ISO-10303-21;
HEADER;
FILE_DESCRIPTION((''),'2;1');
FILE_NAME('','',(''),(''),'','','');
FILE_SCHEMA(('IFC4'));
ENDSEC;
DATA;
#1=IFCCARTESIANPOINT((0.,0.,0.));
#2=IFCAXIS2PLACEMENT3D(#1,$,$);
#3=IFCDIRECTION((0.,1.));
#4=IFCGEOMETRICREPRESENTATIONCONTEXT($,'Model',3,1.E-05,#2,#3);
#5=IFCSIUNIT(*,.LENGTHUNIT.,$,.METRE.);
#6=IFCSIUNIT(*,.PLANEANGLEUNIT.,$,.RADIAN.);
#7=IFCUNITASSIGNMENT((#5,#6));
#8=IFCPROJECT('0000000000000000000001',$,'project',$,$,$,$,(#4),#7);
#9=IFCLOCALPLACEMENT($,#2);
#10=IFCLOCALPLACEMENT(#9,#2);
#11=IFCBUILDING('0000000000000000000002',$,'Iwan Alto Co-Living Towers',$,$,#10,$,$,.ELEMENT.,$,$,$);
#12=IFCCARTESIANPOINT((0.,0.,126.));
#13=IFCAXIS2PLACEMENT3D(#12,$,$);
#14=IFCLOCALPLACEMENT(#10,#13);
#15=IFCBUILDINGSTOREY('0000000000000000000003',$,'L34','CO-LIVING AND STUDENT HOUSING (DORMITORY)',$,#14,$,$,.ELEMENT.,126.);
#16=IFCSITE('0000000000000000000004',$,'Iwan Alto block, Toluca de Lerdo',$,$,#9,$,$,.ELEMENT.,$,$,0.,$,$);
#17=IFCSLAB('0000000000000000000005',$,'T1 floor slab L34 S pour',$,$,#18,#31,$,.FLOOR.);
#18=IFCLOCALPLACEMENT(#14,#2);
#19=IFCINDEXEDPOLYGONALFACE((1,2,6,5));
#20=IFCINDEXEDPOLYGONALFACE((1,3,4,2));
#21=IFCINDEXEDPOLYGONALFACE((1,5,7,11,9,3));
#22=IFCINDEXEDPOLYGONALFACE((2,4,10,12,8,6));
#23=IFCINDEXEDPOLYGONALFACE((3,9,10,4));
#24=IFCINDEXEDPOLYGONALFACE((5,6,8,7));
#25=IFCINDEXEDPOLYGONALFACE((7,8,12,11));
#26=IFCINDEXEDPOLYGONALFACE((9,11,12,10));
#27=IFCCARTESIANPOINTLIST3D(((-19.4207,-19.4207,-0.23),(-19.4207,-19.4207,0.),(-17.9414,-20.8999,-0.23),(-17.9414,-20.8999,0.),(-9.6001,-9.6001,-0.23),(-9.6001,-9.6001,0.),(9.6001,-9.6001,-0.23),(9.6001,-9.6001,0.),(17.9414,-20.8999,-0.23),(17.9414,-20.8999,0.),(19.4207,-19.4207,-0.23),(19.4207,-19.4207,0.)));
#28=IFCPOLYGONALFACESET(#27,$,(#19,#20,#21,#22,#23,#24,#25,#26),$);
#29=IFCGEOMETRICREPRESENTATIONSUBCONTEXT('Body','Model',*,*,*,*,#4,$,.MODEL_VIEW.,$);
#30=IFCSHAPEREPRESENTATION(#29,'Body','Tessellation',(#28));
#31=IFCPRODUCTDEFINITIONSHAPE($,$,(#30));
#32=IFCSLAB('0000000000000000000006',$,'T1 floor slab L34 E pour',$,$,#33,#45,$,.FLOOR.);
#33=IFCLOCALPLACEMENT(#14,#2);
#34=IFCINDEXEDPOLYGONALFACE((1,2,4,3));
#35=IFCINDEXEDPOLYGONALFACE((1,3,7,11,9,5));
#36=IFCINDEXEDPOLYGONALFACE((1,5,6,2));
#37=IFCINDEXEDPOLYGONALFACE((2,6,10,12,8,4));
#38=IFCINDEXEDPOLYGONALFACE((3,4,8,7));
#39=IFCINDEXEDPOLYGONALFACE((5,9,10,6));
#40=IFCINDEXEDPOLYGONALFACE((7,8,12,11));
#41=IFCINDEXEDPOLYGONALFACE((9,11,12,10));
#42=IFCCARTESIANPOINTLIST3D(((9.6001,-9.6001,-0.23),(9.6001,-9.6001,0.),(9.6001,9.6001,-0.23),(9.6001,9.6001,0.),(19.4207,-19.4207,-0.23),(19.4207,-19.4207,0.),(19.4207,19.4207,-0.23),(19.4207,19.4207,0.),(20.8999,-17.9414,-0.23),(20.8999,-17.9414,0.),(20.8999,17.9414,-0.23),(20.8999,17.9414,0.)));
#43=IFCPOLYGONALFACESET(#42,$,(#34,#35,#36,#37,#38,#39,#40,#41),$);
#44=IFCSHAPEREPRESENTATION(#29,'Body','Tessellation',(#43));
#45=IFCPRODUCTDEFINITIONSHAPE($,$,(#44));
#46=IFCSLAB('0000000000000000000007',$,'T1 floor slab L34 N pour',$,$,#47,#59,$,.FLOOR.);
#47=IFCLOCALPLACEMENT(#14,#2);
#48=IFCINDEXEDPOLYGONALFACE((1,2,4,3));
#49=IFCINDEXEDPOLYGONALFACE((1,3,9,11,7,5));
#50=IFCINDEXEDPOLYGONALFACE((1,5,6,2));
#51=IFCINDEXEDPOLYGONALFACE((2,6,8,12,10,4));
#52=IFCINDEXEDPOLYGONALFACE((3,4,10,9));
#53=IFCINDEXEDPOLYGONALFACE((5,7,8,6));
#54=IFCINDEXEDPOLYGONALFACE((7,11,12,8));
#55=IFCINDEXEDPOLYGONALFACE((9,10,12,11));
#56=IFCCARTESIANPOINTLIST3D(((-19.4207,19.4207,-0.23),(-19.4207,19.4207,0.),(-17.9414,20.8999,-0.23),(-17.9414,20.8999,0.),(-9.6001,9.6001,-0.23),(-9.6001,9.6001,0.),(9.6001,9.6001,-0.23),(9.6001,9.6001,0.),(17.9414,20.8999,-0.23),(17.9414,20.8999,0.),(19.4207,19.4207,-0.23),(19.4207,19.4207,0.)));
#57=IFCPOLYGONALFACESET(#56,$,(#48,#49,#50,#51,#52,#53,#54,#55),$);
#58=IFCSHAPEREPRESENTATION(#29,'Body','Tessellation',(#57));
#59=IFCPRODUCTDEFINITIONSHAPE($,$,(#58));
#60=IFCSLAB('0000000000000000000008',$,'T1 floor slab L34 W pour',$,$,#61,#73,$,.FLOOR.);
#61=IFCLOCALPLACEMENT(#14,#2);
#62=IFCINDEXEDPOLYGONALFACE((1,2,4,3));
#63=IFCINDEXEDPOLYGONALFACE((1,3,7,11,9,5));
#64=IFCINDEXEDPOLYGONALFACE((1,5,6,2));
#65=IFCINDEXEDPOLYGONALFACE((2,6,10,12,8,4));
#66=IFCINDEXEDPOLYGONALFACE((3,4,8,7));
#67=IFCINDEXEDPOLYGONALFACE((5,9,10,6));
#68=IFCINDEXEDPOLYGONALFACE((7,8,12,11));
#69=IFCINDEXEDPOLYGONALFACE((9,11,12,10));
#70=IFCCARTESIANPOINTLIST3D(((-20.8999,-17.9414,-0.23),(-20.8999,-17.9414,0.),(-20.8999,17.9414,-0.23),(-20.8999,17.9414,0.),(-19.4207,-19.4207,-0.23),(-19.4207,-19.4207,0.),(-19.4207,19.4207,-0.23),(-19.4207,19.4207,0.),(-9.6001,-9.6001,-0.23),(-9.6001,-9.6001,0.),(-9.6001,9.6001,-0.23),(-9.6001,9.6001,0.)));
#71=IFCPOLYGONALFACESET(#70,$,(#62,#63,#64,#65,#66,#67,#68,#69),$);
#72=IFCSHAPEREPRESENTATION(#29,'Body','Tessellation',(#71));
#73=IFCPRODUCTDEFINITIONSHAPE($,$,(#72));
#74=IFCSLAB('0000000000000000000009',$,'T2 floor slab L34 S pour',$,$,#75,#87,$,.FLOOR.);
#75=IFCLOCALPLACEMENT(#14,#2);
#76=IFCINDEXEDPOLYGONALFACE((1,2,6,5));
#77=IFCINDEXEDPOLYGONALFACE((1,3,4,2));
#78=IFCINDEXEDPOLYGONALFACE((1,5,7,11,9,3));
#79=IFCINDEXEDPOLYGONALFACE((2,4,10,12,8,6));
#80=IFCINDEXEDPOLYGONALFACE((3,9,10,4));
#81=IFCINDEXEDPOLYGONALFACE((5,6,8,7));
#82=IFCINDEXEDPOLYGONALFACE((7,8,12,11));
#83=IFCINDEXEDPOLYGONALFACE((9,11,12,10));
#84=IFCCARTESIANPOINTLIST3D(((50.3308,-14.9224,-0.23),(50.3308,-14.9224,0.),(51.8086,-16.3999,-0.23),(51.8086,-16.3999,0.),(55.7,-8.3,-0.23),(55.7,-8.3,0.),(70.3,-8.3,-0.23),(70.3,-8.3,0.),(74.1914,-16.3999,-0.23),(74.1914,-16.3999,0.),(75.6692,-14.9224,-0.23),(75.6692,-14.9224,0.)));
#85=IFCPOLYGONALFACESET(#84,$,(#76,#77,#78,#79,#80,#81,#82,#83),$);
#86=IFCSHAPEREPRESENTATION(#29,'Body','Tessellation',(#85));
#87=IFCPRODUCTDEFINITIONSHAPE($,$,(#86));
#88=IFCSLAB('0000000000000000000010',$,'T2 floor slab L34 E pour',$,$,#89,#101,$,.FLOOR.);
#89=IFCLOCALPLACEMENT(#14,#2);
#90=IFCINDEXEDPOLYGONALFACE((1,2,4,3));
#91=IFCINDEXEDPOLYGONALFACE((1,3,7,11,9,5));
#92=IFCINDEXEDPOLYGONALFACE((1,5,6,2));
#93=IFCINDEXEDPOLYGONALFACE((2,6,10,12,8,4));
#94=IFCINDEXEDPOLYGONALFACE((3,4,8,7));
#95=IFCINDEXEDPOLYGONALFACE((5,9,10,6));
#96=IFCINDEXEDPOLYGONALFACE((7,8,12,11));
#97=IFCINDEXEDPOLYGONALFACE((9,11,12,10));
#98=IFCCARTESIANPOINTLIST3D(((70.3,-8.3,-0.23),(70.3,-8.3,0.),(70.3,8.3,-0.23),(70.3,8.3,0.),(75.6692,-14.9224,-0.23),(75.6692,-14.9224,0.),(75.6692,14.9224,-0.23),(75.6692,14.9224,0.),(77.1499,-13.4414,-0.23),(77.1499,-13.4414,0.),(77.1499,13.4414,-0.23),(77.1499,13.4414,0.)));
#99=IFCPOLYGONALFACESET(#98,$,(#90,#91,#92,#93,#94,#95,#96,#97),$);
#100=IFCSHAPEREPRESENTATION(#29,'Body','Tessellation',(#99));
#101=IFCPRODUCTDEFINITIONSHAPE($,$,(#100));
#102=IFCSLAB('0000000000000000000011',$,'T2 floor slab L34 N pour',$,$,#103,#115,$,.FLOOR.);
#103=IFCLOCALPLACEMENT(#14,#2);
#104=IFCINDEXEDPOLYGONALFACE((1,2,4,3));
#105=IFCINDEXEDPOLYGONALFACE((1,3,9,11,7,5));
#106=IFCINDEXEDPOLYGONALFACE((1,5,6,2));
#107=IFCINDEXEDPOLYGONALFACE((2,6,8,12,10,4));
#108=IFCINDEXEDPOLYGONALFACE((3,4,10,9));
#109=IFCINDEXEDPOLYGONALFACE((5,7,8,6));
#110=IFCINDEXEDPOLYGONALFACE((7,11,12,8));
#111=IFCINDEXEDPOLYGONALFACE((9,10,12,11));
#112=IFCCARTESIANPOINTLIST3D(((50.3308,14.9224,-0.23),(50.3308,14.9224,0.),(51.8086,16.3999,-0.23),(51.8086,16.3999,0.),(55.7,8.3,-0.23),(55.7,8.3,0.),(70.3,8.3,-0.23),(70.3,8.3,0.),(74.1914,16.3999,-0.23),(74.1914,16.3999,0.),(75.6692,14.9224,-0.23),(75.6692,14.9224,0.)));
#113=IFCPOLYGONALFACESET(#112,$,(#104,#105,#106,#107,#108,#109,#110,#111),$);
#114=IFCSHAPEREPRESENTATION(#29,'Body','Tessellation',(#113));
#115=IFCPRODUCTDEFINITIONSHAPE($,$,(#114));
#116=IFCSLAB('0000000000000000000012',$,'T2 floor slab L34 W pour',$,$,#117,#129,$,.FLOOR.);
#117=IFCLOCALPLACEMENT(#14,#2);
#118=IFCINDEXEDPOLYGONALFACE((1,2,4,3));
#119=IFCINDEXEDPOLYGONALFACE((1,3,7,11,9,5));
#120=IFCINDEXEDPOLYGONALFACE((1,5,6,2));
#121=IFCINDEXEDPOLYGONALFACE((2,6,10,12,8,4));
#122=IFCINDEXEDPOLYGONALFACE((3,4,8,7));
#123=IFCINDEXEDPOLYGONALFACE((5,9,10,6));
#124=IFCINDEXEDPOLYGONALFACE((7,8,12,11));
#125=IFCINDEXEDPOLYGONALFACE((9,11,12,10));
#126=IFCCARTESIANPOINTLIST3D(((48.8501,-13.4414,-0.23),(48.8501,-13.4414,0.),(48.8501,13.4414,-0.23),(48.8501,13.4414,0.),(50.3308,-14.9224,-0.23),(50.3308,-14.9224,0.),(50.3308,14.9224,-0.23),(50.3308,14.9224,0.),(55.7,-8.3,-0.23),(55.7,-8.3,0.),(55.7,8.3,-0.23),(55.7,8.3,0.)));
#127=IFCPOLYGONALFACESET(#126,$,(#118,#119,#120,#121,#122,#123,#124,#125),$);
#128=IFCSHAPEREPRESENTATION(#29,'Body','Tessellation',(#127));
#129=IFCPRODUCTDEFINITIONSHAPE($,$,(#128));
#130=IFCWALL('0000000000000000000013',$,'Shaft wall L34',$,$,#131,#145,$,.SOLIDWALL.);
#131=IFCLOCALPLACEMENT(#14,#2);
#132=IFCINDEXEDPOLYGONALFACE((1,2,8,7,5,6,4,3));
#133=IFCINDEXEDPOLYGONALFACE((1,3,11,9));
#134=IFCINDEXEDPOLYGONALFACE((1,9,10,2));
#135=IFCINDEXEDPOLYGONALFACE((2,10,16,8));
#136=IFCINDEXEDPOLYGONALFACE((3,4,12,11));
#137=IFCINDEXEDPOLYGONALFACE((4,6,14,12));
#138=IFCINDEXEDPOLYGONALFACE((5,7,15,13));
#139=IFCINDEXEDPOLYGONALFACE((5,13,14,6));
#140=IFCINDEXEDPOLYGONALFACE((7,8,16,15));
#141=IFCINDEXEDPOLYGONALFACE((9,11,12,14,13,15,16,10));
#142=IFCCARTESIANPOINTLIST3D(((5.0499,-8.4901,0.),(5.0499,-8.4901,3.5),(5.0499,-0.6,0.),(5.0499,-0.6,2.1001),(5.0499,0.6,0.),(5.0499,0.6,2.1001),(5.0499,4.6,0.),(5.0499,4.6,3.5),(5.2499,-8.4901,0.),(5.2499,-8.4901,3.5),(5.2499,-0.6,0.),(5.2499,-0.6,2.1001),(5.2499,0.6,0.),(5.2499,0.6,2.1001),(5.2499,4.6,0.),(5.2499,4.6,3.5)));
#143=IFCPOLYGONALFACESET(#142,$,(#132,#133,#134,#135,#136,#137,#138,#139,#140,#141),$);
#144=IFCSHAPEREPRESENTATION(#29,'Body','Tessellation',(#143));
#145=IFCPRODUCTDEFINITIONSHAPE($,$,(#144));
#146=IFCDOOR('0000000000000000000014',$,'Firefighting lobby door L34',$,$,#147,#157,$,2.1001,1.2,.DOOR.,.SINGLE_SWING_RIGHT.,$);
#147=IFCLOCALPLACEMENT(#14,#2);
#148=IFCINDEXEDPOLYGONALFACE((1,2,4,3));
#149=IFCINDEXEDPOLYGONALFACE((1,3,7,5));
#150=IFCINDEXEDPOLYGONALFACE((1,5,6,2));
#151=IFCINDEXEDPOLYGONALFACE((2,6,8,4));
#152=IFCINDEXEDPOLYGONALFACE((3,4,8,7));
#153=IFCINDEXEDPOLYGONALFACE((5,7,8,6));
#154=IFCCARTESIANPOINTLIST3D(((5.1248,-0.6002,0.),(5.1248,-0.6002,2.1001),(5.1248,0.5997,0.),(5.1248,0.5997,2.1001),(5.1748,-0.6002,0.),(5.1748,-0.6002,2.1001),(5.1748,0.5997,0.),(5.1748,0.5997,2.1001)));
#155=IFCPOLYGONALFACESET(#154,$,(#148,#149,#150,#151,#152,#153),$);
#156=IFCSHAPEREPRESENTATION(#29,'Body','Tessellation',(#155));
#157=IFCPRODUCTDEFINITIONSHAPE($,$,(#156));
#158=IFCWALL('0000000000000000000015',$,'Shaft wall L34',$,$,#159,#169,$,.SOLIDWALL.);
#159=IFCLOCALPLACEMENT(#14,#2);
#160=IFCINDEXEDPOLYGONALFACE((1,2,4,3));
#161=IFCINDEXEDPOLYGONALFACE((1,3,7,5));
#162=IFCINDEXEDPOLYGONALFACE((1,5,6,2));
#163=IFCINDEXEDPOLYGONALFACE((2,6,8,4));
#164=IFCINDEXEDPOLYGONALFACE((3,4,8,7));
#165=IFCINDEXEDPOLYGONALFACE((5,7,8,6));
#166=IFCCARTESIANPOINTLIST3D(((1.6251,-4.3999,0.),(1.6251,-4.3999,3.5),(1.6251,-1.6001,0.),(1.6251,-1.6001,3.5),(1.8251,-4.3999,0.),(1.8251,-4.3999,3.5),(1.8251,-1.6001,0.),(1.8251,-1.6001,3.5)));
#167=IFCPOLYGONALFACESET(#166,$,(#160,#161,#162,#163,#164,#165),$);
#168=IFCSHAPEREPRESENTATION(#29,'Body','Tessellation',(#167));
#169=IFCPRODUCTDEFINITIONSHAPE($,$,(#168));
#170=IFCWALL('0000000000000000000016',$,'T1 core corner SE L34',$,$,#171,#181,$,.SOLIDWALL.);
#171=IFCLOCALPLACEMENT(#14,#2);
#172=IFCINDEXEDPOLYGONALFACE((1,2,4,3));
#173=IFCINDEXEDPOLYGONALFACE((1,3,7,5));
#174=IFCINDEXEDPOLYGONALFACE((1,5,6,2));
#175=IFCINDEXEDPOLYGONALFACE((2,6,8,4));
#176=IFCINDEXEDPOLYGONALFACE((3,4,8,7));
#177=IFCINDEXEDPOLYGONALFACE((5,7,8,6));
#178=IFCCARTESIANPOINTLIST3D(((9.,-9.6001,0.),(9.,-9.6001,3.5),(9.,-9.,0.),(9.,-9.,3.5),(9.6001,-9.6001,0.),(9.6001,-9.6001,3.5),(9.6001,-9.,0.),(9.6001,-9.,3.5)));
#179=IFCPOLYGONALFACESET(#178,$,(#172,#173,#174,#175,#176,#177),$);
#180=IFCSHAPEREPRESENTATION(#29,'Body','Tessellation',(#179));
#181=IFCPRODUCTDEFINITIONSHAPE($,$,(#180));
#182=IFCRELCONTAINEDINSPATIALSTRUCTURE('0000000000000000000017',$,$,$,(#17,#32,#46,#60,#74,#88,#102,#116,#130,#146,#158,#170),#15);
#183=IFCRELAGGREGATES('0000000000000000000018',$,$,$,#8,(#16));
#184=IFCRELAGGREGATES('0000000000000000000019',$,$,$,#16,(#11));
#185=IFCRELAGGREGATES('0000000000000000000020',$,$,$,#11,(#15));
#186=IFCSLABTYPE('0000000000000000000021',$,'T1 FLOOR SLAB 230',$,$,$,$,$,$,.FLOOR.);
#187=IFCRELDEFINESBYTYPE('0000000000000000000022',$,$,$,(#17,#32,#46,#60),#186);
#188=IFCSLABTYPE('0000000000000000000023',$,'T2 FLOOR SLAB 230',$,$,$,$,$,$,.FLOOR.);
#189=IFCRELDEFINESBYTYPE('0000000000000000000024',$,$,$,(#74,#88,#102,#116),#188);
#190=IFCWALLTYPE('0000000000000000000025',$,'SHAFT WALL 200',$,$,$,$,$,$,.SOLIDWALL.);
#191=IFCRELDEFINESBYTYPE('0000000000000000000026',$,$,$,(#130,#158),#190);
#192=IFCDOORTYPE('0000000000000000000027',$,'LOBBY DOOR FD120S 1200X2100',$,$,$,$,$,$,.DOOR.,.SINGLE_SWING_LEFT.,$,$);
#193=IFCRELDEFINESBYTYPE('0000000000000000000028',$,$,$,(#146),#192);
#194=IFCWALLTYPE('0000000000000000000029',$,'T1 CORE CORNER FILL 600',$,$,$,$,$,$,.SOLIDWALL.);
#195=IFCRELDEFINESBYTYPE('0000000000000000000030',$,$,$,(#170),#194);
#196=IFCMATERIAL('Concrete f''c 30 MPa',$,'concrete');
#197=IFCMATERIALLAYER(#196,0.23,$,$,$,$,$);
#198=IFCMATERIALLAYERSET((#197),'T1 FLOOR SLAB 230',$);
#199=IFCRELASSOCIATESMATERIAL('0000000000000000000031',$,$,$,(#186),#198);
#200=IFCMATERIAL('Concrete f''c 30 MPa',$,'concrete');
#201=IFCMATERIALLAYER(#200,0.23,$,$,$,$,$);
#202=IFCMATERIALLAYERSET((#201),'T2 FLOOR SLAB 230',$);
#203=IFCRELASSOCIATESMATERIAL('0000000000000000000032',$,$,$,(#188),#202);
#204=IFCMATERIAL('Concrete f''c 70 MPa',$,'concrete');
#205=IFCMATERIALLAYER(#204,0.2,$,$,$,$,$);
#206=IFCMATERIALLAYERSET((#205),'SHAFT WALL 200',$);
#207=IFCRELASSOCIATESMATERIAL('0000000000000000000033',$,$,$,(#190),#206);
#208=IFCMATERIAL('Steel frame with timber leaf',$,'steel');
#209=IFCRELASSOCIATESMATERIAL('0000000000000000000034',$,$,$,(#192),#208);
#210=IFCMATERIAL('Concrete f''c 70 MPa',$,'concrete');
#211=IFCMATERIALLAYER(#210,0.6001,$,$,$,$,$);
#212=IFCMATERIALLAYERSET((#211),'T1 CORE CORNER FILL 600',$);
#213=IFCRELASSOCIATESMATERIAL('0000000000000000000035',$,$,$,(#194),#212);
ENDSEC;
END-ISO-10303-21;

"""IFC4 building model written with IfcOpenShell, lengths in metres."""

from ifc_helpers import new_model, si_unit, direction, frame, frame_2d, origin, place, context, subcontext, project, spatial, polyline, rectangle, outline, extrude, material, layer, layer_set, type_object, element, fill, save


model = new_model("IFC4")

# Units and contexts
model_context = context("Model", 3, precision=1e-05, world=origin(), true_north=direction((0.0, 1.0)))
body_context = subcontext(model_context, "Body", "Model", "MODEL_VIEW")
ifc_project = project(units=[si_unit("LENGTHUNIT", "METRE"), si_unit("PLANEANGLEUNIT", "RADIAN")], contexts=[model_context])

# Site, building, storey
site_placement = place(None, origin())
site = spatial("IfcSite", under=ifc_project, at=site_placement, Name="Iwan Alto block, Toluca de Lerdo", CompositionType="ELEMENT", RefElevation=0.0)
building_placement = place(site_placement, origin())
building = spatial("IfcBuilding", under=site, at=building_placement, Name="Iwan Alto Co-Living Towers", CompositionType="ELEMENT")
storey_placement = place(building_placement, frame((0.0, 0.0, 126.0)))
storey = spatial("IfcBuildingStorey", under=building, at=storey_placement, Name="L34", Description="CO-LIVING AND STUDENT HOUSING (DORMITORY)", CompositionType="ELEMENT", Elevation=126.0)

# Slabs
ifc_material_1 = material(Name="Concrete f'c 30 MPa", Category="concrete")
ifc_layer_1 = layer(ifc_material_1, 0.23)
ifc_layer_set_1 = layer_set([ifc_layer_1], Name="T1 FLOOR SLAB 230")
slab_type_1 = type_object("IfcSlabType", Name="T1 FLOOR SLAB 230", PredefinedType="FLOOR", material=ifc_layer_set_1)
slab_1_placement = place(storey_placement, frame((0.0, 0.0, -0.23)))
element("IfcSlab", 1, at=slab_1_placement, inside=storey, type_object=slab_type_1, Name="T1 floor slab L34 S pour", PredefinedType="FLOOR", context=body_context, shape_type="SweptSolid", body=[
    extrude(outline(polyline([(17.9414, -20.8999), (-17.9414, -20.8999), (-19.4207, -19.4207), (-9.6001, -9.6001), (9.6001, -9.6001), (19.4207, -19.4207), (17.9414, -20.8999)])), origin(), (0.0, 0.0, 1.0), 0.23),
])
slab_2_placement = place(storey_placement, frame((0.0, 0.0, -0.23)))
element("IfcSlab", 2, at=slab_2_placement, inside=storey, type_object=slab_type_1, Name="T1 floor slab L34 E pour", PredefinedType="FLOOR", context=body_context, shape_type="SweptSolid", body=[
    extrude(outline(polyline([(20.8999, 17.9414), (20.8999, -17.9414), (19.4207, -19.4207), (9.6001, -9.6001), (9.6001, 9.6001), (19.4207, 19.4207), (20.8999, 17.9414)])), origin(), (0.0, 0.0, 1.0), 0.23),
])
slab_3_placement = place(storey_placement, frame((0.0, 0.0, -0.23)))
element("IfcSlab", 3, at=slab_3_placement, inside=storey, type_object=slab_type_1, Name="T1 floor slab L34 N pour", PredefinedType="FLOOR", context=body_context, shape_type="SweptSolid", body=[
    extrude(outline(polyline([(-17.9414, 20.8999), (17.9414, 20.8999), (19.4207, 19.4207), (9.6001, 9.6001), (-9.6001, 9.6001), (-19.4207, 19.4207), (-17.9414, 20.8999)])), origin(), (0.0, 0.0, 1.0), 0.23),
])
slab_4_placement = place(storey_placement, frame((0.0, 0.0, -0.23)))
element("IfcSlab", 4, at=slab_4_placement, inside=storey, type_object=slab_type_1, Name="T1 floor slab L34 W pour", PredefinedType="FLOOR", context=body_context, shape_type="SweptSolid", body=[
    extrude(outline(polyline([(-20.8999, 17.9414), (-19.4207, 19.4207), (-9.6001, 9.6001), (-9.6001, -9.6001), (-19.4207, -19.4207), (-20.8999, -17.9414), (-20.8999, 17.9414)])), origin(), (0.0, 0.0, 1.0), 0.23),
])
ifc_material_2 = material(Name="Concrete f'c 30 MPa", Category="concrete")
ifc_layer_2 = layer(ifc_material_2, 0.23)
ifc_layer_set_2 = layer_set([ifc_layer_2], Name="T2 FLOOR SLAB 230")
slab_type_2 = type_object("IfcSlabType", Name="T2 FLOOR SLAB 230", PredefinedType="FLOOR", material=ifc_layer_set_2)
slab_5_placement = place(storey_placement, frame((0.0, 0.0, -0.23)))
element("IfcSlab", 5, at=slab_5_placement, inside=storey, type_object=slab_type_2, Name="T2 floor slab L34 S pour", PredefinedType="FLOOR", context=body_context, shape_type="SweptSolid", body=[
    extrude(outline(polyline([(74.1914, -16.3999), (51.8086, -16.3999), (50.3308, -14.9224), (55.7, -8.3), (70.3, -8.3), (75.6692, -14.9224), (74.1914, -16.3999)])), origin(), (0.0, 0.0, 1.0), 0.23),
])
slab_6_placement = place(storey_placement, frame((0.0, 0.0, -0.23)))
element("IfcSlab", 6, at=slab_6_placement, inside=storey, type_object=slab_type_2, Name="T2 floor slab L34 E pour", PredefinedType="FLOOR", context=body_context, shape_type="SweptSolid", body=[
    extrude(outline(polyline([(77.1499, 13.4414), (77.1499, -13.4414), (75.6692, -14.9224), (70.3, -8.3), (70.3, 8.3), (75.6692, 14.9224), (77.1499, 13.4414)])), origin(), (0.0, 0.0, 1.0), 0.23),
])
slab_7_placement = place(storey_placement, frame((0.0, 0.0, -0.23)))
element("IfcSlab", 7, at=slab_7_placement, inside=storey, type_object=slab_type_2, Name="T2 floor slab L34 N pour", PredefinedType="FLOOR", context=body_context, shape_type="SweptSolid", body=[
    extrude(outline(polyline([(51.8086, 16.3999), (74.1914, 16.3999), (75.6692, 14.9224), (70.3, 8.3), (55.7, 8.3), (50.3308, 14.9224), (51.8086, 16.3999)])), origin(), (0.0, 0.0, 1.0), 0.23),
])
slab_8_placement = place(storey_placement, frame((0.0, 0.0, -0.23)))
element("IfcSlab", 8, at=slab_8_placement, inside=storey, type_object=slab_type_2, Name="T2 floor slab L34 W pour", PredefinedType="FLOOR", context=body_context, shape_type="SweptSolid", body=[
    extrude(outline(polyline([(48.8501, 13.4414), (50.3308, 14.9224), (55.7, 8.3), (55.7, -8.3), (50.3308, -14.9224), (48.8501, -13.4414), (48.8501, 13.4414)])), origin(), (0.0, 0.0, 1.0), 0.23),
])

# Wall, opening, door
ifc_material_3 = material(Name="Concrete f'c 70 MPa", Category="concrete")
ifc_layer_3 = layer(ifc_material_3, 0.2)
ifc_layer_set_3 = layer_set([ifc_layer_3], Name="SHAFT WALL 200")
wall_type_1 = type_object("IfcWallType", Name="SHAFT WALL 200", PredefinedType="SOLIDWALL", material=ifc_layer_set_3)
wall_1_placement = place(storey_placement, frame((5.1499, -8.49, 0.0), z_axis=(0.0, 0.0, 1.0), x_axis=(0.0, 1.0, 0.0)))
wall_1 = element("IfcWall", 9, at=wall_1_placement, inside=storey, type_object=wall_type_1, Name="Shaft wall L34", PredefinedType="SOLIDWALL", context=body_context, shape_type="SweptSolid", body=[
    extrude(rectangle(XDim=13.0901, YDim=0.2, at=frame_2d((6.5449, 0.0))), origin(), (0.0, 0.0, 1.0), 3.5),
])
opening_1_placement = place(wall_1_placement, frame((7.8899, 0.0, 0.0)))
opening_1 = element("IfcOpeningElement", 10, at=opening_1_placement, cuts=wall_1, PredefinedType="OPENING", context=body_context, shape_type="SweptSolid", body=[
    extrude(rectangle(XDim=1.2, YDim=2.1001, at=frame_2d((0.6001, 1.05))), frame((0.0, 0.1099, 0.0), z_axis=(0.0, -1.0, 0.0), x_axis=(1.0, 0.0, 0.0)), (0.0, 0.0, 1.0), 0.22),
])
ifc_material_4 = material(Name="Steel frame with timber leaf", Category="steel")
door_type_1 = type_object("IfcDoorType", Name="LOBBY DOOR FD120S 1200X2100", OperationType="SINGLE_SWING_LEFT", PredefinedType="DOOR", material=ifc_material_4)
door_1_placement = place(opening_1_placement, frame((1.2, 0.0, 0.0), z_axis=(0.0, 0.0, 1.0), x_axis=(-1.0, 0.0, 0.0)))
door_1 = element("IfcDoor", 11, at=door_1_placement, inside=storey, type_object=door_type_1, Name="Firefighting lobby door L34", OperationType="SINGLE_SWING_RIGHT", OverallHeight=2.1001, OverallWidth=1.2, PredefinedType="DOOR", context=body_context, shape_type="SweptSolid", body=[
    extrude(rectangle(XDim=1.2, YDim=2.1001, at=frame_2d((0.6001, 1.05))), frame((0.0, 0.0249, 0.0), z_axis=(0.0, -1.0, 0.0), x_axis=(1.0, 0.0, 0.0)), (0.0, 0.0, 1.0), 0.05),
])
fill(opening_1, door_1)

# Walls
wall_2_placement = place(storey_placement, frame((1.7251, -4.3999, 0.0), z_axis=(0.0, 0.0, 1.0), x_axis=(0.0, 1.0, 0.0)))
element("IfcWall", 12, at=wall_2_placement, inside=storey, type_object=wall_type_1, Name="Shaft wall L34", PredefinedType="SOLIDWALL", context=body_context, shape_type="SweptSolid", body=[
    extrude(rectangle(XDim=2.7998, YDim=0.2, at=frame_2d((1.3999, 0.0))), origin(), (0.0, 0.0, 1.0), 3.5),
])
ifc_material_5 = material(Name="Concrete f'c 70 MPa", Category="concrete")
ifc_layer_4 = layer(ifc_material_5, 0.6001)
ifc_layer_set_4 = layer_set([ifc_layer_4], Name="T1 CORE CORNER FILL 600")
wall_type_2 = type_object("IfcWallType", Name="T1 CORE CORNER FILL 600", PredefinedType="SOLIDWALL", material=ifc_layer_set_4)
wall_3_placement = place(storey_placement, frame((9.0, -9.3, 0.0), z_axis=(0.0, 0.0, 1.0), x_axis=(1.0, 0.0, 0.0)))
element("IfcWall", 13, at=wall_3_placement, inside=storey, type_object=wall_type_2, Name="T1 core corner SE L34", PredefinedType="SOLIDWALL", context=body_context, shape_type="SweptSolid", body=[
    extrude(rectangle(XDim=0.6001, YDim=0.6001, at=frame_2d((0.3, 0.0))), origin(), (0.0, 0.0, 1.0), 3.5),
])

save(model, "model.ifc")
